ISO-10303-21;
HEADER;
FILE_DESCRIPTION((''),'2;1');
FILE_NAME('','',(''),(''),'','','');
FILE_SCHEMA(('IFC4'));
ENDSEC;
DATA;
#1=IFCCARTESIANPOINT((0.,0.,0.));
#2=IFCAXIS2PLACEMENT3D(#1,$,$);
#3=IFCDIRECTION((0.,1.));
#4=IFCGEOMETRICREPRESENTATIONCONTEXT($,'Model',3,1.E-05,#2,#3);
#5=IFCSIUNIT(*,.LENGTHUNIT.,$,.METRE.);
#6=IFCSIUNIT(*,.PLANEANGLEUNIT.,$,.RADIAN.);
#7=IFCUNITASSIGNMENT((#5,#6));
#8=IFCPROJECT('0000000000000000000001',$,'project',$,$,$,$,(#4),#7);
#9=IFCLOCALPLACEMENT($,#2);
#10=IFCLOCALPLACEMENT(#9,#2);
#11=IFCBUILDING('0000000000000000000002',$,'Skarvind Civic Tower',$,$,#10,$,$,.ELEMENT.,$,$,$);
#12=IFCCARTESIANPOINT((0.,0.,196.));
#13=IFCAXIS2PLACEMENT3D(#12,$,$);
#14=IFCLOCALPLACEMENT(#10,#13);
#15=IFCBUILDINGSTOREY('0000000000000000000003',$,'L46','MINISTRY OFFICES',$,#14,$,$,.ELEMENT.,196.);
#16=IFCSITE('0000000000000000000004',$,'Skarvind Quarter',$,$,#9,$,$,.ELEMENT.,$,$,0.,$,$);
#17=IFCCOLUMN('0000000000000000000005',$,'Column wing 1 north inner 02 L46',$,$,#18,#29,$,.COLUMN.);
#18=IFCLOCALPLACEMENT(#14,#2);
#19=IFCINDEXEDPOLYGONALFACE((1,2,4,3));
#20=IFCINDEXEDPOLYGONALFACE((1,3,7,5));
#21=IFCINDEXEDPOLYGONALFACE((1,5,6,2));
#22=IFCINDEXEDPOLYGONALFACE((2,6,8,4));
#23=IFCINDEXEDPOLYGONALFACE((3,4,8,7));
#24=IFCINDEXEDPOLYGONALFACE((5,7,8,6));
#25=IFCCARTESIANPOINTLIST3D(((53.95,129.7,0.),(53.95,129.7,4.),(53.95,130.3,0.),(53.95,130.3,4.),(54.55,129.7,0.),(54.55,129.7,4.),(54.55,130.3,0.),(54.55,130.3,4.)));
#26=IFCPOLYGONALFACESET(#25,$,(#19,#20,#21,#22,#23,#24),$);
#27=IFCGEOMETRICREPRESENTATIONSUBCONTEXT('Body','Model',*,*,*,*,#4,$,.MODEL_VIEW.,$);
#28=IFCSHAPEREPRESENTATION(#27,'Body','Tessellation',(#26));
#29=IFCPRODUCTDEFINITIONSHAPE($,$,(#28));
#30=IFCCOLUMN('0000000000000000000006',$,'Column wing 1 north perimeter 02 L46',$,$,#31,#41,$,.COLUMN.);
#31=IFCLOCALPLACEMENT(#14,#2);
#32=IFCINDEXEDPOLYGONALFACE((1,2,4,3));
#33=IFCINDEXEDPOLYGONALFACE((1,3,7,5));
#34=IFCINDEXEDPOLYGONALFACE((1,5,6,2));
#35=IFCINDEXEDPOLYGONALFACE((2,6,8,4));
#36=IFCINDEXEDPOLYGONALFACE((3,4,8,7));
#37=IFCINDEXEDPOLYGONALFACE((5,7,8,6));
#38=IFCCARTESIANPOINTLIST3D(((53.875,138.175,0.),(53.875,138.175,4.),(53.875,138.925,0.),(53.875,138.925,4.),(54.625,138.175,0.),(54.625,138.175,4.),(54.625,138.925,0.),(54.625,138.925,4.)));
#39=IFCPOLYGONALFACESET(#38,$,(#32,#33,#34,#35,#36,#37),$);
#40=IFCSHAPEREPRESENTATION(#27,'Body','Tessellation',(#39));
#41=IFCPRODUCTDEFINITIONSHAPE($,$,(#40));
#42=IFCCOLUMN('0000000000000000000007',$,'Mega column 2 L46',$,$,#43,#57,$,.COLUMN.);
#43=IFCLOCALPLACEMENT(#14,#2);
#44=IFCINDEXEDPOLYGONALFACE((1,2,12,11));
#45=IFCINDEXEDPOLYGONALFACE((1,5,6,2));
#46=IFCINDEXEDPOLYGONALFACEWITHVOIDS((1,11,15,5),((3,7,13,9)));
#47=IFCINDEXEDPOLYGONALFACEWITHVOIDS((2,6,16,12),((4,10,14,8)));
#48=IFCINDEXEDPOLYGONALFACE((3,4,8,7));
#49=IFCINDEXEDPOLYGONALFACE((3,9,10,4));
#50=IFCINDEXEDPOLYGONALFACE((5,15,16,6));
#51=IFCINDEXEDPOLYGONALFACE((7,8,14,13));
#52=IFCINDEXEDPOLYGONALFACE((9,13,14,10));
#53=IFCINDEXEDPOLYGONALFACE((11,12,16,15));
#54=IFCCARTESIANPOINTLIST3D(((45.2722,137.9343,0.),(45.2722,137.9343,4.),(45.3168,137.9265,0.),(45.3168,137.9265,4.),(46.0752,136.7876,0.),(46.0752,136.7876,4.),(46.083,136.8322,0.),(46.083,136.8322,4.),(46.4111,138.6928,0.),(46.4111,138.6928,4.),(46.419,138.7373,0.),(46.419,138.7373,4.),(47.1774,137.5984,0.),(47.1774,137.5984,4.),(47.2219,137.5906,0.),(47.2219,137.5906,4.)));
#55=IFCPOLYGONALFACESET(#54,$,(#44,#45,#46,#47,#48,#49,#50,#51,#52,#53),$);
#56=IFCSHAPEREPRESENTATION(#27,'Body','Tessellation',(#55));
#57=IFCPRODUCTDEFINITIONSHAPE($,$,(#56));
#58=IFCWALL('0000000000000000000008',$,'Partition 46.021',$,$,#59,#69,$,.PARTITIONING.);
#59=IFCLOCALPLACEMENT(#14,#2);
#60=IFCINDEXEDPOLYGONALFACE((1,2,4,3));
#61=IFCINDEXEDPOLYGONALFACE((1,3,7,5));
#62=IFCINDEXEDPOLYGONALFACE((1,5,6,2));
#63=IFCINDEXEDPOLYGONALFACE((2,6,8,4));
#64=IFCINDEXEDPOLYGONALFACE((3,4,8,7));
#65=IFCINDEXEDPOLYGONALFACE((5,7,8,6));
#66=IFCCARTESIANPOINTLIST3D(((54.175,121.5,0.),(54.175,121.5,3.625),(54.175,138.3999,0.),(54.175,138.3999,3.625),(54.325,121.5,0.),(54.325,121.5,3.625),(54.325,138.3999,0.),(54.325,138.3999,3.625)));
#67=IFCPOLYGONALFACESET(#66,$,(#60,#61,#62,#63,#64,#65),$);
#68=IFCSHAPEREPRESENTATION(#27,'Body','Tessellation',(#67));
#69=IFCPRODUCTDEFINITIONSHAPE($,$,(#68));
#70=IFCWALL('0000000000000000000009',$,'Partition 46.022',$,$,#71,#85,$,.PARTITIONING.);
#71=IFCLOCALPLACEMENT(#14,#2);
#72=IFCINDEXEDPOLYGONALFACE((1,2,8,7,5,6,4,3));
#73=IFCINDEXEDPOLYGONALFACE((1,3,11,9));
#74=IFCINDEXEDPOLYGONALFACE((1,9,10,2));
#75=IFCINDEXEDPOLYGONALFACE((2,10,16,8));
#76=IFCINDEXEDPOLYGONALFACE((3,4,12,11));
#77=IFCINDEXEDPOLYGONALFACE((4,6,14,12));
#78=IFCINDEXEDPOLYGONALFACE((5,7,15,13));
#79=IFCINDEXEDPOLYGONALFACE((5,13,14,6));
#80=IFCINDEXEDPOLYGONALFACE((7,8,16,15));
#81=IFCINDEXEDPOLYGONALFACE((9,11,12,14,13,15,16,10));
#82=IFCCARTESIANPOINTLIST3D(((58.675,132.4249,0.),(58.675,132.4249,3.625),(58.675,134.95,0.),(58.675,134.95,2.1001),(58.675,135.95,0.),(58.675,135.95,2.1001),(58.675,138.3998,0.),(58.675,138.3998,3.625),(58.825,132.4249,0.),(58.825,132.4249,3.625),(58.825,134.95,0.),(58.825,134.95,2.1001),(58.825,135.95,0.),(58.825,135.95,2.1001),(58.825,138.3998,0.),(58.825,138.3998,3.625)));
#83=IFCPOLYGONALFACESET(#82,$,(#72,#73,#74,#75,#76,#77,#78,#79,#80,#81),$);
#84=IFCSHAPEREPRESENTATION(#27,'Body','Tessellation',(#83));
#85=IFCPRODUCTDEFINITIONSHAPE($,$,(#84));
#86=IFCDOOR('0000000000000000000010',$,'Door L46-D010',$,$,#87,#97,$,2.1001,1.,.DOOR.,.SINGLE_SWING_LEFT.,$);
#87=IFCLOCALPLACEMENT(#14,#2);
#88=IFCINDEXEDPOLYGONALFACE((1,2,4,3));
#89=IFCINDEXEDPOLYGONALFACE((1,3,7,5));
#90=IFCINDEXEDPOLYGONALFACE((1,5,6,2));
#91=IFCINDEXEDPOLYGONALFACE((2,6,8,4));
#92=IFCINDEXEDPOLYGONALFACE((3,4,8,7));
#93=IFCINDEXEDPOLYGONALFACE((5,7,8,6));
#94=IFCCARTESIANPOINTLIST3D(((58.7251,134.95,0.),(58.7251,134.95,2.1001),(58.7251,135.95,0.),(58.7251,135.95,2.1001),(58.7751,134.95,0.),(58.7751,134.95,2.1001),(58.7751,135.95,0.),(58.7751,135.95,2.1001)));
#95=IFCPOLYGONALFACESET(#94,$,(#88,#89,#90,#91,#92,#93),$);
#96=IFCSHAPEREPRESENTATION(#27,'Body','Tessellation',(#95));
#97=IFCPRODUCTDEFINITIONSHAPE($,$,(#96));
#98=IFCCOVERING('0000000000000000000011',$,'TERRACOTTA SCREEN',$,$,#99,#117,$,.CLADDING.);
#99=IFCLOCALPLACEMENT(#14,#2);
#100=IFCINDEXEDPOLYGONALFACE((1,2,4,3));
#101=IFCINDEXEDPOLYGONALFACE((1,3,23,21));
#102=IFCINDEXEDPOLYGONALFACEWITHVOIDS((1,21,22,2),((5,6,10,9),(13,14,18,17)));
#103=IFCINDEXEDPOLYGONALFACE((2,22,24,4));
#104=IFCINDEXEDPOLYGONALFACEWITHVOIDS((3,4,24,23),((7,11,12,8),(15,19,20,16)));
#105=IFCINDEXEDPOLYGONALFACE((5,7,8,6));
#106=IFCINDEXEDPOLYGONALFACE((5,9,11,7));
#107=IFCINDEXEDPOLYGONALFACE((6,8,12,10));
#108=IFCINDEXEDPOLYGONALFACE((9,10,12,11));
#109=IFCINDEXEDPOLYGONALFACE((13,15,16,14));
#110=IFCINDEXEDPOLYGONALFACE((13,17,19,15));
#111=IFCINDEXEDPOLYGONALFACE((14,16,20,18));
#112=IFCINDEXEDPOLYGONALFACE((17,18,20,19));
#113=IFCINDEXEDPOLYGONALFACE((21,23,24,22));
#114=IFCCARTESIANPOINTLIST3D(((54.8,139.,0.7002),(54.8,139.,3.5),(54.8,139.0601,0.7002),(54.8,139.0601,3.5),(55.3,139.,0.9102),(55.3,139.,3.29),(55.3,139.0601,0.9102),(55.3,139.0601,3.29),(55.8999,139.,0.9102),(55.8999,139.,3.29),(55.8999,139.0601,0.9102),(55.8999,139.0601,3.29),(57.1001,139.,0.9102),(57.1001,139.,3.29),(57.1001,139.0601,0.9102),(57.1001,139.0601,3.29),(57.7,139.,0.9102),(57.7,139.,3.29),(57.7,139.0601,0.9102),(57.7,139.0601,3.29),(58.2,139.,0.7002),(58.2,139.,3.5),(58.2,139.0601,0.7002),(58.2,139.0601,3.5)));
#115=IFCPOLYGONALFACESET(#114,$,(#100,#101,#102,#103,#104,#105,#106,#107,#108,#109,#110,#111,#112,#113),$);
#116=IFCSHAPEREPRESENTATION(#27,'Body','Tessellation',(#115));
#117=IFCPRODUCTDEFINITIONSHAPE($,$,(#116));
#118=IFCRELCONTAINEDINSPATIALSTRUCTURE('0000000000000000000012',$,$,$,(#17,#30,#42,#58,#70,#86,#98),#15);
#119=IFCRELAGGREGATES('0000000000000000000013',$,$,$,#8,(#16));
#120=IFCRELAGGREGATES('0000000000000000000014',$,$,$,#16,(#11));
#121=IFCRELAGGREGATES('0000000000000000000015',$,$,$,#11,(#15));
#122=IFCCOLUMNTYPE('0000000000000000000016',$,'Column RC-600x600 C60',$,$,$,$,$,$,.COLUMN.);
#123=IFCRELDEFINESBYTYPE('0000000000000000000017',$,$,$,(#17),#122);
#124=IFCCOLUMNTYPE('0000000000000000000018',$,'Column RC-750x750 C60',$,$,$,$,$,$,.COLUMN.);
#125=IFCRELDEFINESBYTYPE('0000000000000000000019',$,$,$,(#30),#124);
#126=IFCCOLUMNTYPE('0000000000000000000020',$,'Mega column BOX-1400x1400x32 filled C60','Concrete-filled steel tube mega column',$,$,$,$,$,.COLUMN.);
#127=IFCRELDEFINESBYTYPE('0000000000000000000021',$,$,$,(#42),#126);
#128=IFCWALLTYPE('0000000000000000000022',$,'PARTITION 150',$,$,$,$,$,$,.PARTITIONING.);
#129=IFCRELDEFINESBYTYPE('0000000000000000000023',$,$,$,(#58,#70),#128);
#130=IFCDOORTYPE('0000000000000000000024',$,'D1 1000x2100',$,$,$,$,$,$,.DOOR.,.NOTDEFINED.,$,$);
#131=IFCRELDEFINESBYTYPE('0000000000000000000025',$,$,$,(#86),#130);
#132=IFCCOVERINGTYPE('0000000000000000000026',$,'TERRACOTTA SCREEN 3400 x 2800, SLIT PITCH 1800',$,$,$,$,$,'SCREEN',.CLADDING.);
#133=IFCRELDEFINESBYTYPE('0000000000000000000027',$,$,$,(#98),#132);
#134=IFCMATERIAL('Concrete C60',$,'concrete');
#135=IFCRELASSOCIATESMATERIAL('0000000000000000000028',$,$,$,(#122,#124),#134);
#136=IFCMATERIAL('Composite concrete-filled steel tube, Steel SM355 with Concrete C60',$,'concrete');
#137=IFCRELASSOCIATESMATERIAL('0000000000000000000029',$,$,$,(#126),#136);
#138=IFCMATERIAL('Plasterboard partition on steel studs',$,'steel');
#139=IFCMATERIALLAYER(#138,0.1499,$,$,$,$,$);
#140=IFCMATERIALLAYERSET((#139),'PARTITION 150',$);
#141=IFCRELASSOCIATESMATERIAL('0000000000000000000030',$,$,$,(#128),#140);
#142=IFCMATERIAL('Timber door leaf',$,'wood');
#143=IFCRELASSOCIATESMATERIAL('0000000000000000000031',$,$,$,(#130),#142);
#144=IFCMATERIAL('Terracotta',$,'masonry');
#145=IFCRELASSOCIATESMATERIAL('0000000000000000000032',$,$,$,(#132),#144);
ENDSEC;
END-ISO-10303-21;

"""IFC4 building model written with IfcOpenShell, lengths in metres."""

from ifc_helpers import new_model, si_unit, direction, frame, frame_2d, origin, origin_2d, place, context, subcontext, project, spatial, polyline, rectangle, hollow_rectangle, outline, extrude, material, layer, layer_set, material_profile, profile_set, type_object, element, fill, save


model = new_model("IFC4")

# Units and contexts
model_context = context("Model", 3, precision=1e-05, world=origin(), true_north=direction((0.0, 1.0)))
body_context = subcontext(model_context, "Body", "Model", "MODEL_VIEW")
ifc_project = project(units=[si_unit("LENGTHUNIT", "METRE"), si_unit("PLANEANGLEUNIT", "RADIAN")], contexts=[model_context])

# Site, building, storey
site_placement = place(None, origin())
site = spatial("IfcSite", under=ifc_project, at=site_placement, Name="Skarvind Quarter", CompositionType="ELEMENT", RefElevation=0.0)
building_placement = place(site_placement, origin())
building = spatial("IfcBuilding", under=site, at=building_placement, Name="Skarvind Civic Tower", CompositionType="ELEMENT")
storey_placement = place(building_placement, frame((0.0, 0.0, 196.0)))
storey = spatial("IfcBuildingStorey", under=building, at=storey_placement, Name="L46", Description="MINISTRY OFFICES", CompositionType="ELEMENT", Elevation=196.0)

# Columns
ifc_material_1 = material(Name="Concrete C60", Category="concrete")
ifc_material_profile_1 = material_profile(ifc_material_1, rectangle(XDim=0.6001, YDim=0.6001, at=origin_2d()), Name="RC-600x600")
ifc_profile_set_1 = profile_set([ifc_material_profile_1], Name="Concrete C60")
column_type_1 = type_object("IfcColumnType", Name="Column RC-600x600 C60", PredefinedType="COLUMN", material=ifc_profile_set_1)
column_1_placement = place(storey_placement, frame((54.25, 130.0, 0.0), z_axis=(0.0, 0.0, 1.0), x_axis=(1.0, 0.0, 0.0)))
element("IfcColumn", 1, at=column_1_placement, inside=storey, type_object=column_type_1, Name="Column wing 1 north inner 02 L46", PredefinedType="COLUMN", context=body_context, shape_type="SweptSolid", body=[
    extrude(rectangle(XDim=0.6001, YDim=0.6001, at=origin_2d()), origin(), (0.0, 0.0, 1.0), 4.0),
])
ifc_material_profile_2 = material_profile(ifc_material_1, rectangle(XDim=0.75, YDim=0.75, at=origin_2d()), Name="RC-750x750")
ifc_profile_set_2 = profile_set([ifc_material_profile_2], Name="Concrete C60")
column_type_2 = type_object("IfcColumnType", Name="Column RC-750x750 C60", PredefinedType="COLUMN", material=ifc_profile_set_2)
column_2_placement = place(storey_placement, frame((54.25, 138.55, 0.0), z_axis=(0.0, 0.0, 1.0), x_axis=(1.0, 0.0, 0.0)))
element("IfcColumn", 2, at=column_2_placement, inside=storey, type_object=column_type_2, Name="Column wing 1 north perimeter 02 L46", PredefinedType="COLUMN", context=body_context, shape_type="SweptSolid", body=[
    extrude(rectangle(XDim=0.75, YDim=0.75, at=origin_2d()), origin(), (0.0, 0.0, 1.0), 4.0),
])
ifc_material_2 = material(Name="Composite concrete-filled steel tube, Steel SM355 with Concrete C60", Category="concrete")
ifc_material_profile_3 = material_profile(ifc_material_2, hollow_rectangle(XDim=1.3999, YDim=1.3999, WallThickness=0.032, at=origin_2d()), Name="BOX-1400x1400x32")
ifc_profile_set_3 = profile_set([ifc_material_profile_3], Name="Composite concrete-filled steel tube, Steel SM355 with Concrete C60")
column_type_3 = type_object("IfcColumnType", Name="Mega column BOX-1400x1400x32 filled C60", Description="Concrete-filled steel tube mega column", PredefinedType="COLUMN", material=ifc_profile_set_3)
column_3_placement = place(storey_placement, frame((46.2471, 137.7625, 0.0), z_axis=(0.0, 0.0, 1.0), x_axis=(0.573576, -0.819152, 0.0)))
element("IfcColumn", 3, at=column_3_placement, inside=storey, type_object=column_type_3, Name="Mega column 2 L46", PredefinedType="COLUMN", context=body_context, shape_type="SweptSolid", body=[
    extrude(hollow_rectangle(XDim=1.3999, YDim=1.3999, WallThickness=0.032, at=origin_2d()), origin(), (0.0, 0.0, 1.0), 4.0),
])

# Wall
ifc_material_3 = material(Name="Plasterboard partition on steel studs", Category="steel")
ifc_layer_1 = layer(ifc_material_3, 0.1499)
ifc_layer_set_1 = layer_set([ifc_layer_1], Name="PARTITION 150")
wall_type_1 = type_object("IfcWallType", Name="PARTITION 150", PredefinedType="PARTITIONING", material=ifc_layer_set_1)
wall_1_placement = place(storey_placement, frame((54.25, 138.3999, 0.0), z_axis=(0.0, 0.0, 1.0), x_axis=(0.0, -1.0, 0.0)))
element("IfcWall", 4, at=wall_1_placement, inside=storey, type_object=wall_type_1, Name="Partition 46.021", PredefinedType="PARTITIONING", context=body_context, shape_type="SweptSolid", body=[
    extrude(rectangle(XDim=16.8999, YDim=0.1499, at=frame_2d((8.45, 0.0))), origin(), (0.0, 0.0, 1.0), 3.625),
])

# Wall, opening, door
wall_2_placement = place(storey_placement, frame((58.75, 132.425, 0.0), z_axis=(0.0, 0.0, 1.0), x_axis=(0.0, 1.0, 0.0)))
wall_2 = element("IfcWall", 5, at=wall_2_placement, inside=storey, type_object=wall_type_1, Name="Partition 46.022", PredefinedType="PARTITIONING", context=body_context, shape_type="SweptSolid", body=[
    extrude(rectangle(XDim=5.9749, YDim=0.1499, at=frame_2d((2.9873, 0.0))), origin(), (0.0, 0.0, 1.0), 3.625),
])
opening_1_placement = place(wall_2_placement, frame((2.5249, 0.0, 0.0)))
opening_1 = element("IfcOpeningElement", 6, at=opening_1_placement, cuts=wall_2, PredefinedType="OPENING", context=body_context, shape_type="SweptSolid", body=[
    extrude(rectangle(XDim=1.0, YDim=2.1001, at=frame_2d((0.5, 1.05))), frame((0.0, 0.085, 0.0), z_axis=(0.0, -1.0, 0.0), x_axis=(1.0, 0.0, 0.0)), (0.0, 0.0, 1.0), 0.1699),
])
ifc_material_4 = material(Name="Timber door leaf", Category="wood")
door_type = type_object("IfcDoorType", Name="D1 1000x2100", OperationType="NOTDEFINED", PredefinedType="DOOR", material=ifc_material_4)
door_placement = place(opening_1_placement, origin())
door = element("IfcDoor", 7, at=door_placement, inside=storey, type_object=door_type, Name="Door L46-D010", OperationType="SINGLE_SWING_LEFT", OverallHeight=2.1001, OverallWidth=1.0, PredefinedType="DOOR", context=body_context, shape_type="SweptSolid", body=[
    extrude(rectangle(XDim=1.0, YDim=2.1001, at=frame_2d((0.5, 1.05))), frame((0.0, 0.0249, 0.0), z_axis=(0.0, -1.0, 0.0), x_axis=(1.0, 0.0, 0.0)), (0.0, 0.0, 1.0), 0.05),
])
fill(opening_1, door)

# Covering
ifc_material_5 = material(Name="Terracotta", Category="masonry")
ifc_material_profile_4 = material_profile(ifc_material_5, outline(polyline([(-1.7, -1.3999), (1.7, -1.3999), (1.7, 1.3999), (-1.7, 1.3999), (-1.7, -1.3999)]), holes=[polyline([(-1.2, -1.1899), (-0.6001, -1.1899), (-0.6001, 1.1899), (-1.2, 1.1899), (-1.2, -1.1899)]), polyline([(0.6001, -1.1899), (1.2, -1.1899), (1.2, 1.1899), (0.6001, 1.1899), (0.6001, -1.1899)])]), Name="TERRACOTTA SCREEN 3400 x 2800, SLIT PITCH 1800")
ifc_profile_set_4 = profile_set([ifc_material_profile_4], Name="Terracotta")
covering_type = type_object("IfcCoveringType", Name="TERRACOTTA SCREEN 3400 x 2800, SLIT PITCH 1800", ElementType="SCREEN", PredefinedType="CLADDING", material=ifc_profile_set_4)
covering_placement = place(storey_placement, frame((56.5, 139.0, 2.1001), z_axis=(0.0, 1.0, 0.0), x_axis=(-1.0, 0.0, 0.0)))
element("IfcCovering", 8, at=covering_placement, inside=storey, type_object=covering_type, Name="TERRACOTTA SCREEN", PredefinedType="CLADDING", context=body_context, shape_type="SweptSolid", body=[
    extrude(outline(polyline([(-1.7, -1.3999), (1.7, -1.3999), (1.7, 1.3999), (-1.7, 1.3999), (-1.7, -1.3999)]), holes=[polyline([(-1.2, -1.1899), (-0.6001, -1.1899), (-0.6001, 1.1899), (-1.2, 1.1899), (-1.2, -1.1899)]), polyline([(0.6001, -1.1899), (1.2, -1.1899), (1.2, 1.1899), (0.6001, 1.1899), (0.6001, -1.1899)])]), origin(), (0.0, 0.0, 1.0), 0.0601),
])

save(model, "model.ifc")
